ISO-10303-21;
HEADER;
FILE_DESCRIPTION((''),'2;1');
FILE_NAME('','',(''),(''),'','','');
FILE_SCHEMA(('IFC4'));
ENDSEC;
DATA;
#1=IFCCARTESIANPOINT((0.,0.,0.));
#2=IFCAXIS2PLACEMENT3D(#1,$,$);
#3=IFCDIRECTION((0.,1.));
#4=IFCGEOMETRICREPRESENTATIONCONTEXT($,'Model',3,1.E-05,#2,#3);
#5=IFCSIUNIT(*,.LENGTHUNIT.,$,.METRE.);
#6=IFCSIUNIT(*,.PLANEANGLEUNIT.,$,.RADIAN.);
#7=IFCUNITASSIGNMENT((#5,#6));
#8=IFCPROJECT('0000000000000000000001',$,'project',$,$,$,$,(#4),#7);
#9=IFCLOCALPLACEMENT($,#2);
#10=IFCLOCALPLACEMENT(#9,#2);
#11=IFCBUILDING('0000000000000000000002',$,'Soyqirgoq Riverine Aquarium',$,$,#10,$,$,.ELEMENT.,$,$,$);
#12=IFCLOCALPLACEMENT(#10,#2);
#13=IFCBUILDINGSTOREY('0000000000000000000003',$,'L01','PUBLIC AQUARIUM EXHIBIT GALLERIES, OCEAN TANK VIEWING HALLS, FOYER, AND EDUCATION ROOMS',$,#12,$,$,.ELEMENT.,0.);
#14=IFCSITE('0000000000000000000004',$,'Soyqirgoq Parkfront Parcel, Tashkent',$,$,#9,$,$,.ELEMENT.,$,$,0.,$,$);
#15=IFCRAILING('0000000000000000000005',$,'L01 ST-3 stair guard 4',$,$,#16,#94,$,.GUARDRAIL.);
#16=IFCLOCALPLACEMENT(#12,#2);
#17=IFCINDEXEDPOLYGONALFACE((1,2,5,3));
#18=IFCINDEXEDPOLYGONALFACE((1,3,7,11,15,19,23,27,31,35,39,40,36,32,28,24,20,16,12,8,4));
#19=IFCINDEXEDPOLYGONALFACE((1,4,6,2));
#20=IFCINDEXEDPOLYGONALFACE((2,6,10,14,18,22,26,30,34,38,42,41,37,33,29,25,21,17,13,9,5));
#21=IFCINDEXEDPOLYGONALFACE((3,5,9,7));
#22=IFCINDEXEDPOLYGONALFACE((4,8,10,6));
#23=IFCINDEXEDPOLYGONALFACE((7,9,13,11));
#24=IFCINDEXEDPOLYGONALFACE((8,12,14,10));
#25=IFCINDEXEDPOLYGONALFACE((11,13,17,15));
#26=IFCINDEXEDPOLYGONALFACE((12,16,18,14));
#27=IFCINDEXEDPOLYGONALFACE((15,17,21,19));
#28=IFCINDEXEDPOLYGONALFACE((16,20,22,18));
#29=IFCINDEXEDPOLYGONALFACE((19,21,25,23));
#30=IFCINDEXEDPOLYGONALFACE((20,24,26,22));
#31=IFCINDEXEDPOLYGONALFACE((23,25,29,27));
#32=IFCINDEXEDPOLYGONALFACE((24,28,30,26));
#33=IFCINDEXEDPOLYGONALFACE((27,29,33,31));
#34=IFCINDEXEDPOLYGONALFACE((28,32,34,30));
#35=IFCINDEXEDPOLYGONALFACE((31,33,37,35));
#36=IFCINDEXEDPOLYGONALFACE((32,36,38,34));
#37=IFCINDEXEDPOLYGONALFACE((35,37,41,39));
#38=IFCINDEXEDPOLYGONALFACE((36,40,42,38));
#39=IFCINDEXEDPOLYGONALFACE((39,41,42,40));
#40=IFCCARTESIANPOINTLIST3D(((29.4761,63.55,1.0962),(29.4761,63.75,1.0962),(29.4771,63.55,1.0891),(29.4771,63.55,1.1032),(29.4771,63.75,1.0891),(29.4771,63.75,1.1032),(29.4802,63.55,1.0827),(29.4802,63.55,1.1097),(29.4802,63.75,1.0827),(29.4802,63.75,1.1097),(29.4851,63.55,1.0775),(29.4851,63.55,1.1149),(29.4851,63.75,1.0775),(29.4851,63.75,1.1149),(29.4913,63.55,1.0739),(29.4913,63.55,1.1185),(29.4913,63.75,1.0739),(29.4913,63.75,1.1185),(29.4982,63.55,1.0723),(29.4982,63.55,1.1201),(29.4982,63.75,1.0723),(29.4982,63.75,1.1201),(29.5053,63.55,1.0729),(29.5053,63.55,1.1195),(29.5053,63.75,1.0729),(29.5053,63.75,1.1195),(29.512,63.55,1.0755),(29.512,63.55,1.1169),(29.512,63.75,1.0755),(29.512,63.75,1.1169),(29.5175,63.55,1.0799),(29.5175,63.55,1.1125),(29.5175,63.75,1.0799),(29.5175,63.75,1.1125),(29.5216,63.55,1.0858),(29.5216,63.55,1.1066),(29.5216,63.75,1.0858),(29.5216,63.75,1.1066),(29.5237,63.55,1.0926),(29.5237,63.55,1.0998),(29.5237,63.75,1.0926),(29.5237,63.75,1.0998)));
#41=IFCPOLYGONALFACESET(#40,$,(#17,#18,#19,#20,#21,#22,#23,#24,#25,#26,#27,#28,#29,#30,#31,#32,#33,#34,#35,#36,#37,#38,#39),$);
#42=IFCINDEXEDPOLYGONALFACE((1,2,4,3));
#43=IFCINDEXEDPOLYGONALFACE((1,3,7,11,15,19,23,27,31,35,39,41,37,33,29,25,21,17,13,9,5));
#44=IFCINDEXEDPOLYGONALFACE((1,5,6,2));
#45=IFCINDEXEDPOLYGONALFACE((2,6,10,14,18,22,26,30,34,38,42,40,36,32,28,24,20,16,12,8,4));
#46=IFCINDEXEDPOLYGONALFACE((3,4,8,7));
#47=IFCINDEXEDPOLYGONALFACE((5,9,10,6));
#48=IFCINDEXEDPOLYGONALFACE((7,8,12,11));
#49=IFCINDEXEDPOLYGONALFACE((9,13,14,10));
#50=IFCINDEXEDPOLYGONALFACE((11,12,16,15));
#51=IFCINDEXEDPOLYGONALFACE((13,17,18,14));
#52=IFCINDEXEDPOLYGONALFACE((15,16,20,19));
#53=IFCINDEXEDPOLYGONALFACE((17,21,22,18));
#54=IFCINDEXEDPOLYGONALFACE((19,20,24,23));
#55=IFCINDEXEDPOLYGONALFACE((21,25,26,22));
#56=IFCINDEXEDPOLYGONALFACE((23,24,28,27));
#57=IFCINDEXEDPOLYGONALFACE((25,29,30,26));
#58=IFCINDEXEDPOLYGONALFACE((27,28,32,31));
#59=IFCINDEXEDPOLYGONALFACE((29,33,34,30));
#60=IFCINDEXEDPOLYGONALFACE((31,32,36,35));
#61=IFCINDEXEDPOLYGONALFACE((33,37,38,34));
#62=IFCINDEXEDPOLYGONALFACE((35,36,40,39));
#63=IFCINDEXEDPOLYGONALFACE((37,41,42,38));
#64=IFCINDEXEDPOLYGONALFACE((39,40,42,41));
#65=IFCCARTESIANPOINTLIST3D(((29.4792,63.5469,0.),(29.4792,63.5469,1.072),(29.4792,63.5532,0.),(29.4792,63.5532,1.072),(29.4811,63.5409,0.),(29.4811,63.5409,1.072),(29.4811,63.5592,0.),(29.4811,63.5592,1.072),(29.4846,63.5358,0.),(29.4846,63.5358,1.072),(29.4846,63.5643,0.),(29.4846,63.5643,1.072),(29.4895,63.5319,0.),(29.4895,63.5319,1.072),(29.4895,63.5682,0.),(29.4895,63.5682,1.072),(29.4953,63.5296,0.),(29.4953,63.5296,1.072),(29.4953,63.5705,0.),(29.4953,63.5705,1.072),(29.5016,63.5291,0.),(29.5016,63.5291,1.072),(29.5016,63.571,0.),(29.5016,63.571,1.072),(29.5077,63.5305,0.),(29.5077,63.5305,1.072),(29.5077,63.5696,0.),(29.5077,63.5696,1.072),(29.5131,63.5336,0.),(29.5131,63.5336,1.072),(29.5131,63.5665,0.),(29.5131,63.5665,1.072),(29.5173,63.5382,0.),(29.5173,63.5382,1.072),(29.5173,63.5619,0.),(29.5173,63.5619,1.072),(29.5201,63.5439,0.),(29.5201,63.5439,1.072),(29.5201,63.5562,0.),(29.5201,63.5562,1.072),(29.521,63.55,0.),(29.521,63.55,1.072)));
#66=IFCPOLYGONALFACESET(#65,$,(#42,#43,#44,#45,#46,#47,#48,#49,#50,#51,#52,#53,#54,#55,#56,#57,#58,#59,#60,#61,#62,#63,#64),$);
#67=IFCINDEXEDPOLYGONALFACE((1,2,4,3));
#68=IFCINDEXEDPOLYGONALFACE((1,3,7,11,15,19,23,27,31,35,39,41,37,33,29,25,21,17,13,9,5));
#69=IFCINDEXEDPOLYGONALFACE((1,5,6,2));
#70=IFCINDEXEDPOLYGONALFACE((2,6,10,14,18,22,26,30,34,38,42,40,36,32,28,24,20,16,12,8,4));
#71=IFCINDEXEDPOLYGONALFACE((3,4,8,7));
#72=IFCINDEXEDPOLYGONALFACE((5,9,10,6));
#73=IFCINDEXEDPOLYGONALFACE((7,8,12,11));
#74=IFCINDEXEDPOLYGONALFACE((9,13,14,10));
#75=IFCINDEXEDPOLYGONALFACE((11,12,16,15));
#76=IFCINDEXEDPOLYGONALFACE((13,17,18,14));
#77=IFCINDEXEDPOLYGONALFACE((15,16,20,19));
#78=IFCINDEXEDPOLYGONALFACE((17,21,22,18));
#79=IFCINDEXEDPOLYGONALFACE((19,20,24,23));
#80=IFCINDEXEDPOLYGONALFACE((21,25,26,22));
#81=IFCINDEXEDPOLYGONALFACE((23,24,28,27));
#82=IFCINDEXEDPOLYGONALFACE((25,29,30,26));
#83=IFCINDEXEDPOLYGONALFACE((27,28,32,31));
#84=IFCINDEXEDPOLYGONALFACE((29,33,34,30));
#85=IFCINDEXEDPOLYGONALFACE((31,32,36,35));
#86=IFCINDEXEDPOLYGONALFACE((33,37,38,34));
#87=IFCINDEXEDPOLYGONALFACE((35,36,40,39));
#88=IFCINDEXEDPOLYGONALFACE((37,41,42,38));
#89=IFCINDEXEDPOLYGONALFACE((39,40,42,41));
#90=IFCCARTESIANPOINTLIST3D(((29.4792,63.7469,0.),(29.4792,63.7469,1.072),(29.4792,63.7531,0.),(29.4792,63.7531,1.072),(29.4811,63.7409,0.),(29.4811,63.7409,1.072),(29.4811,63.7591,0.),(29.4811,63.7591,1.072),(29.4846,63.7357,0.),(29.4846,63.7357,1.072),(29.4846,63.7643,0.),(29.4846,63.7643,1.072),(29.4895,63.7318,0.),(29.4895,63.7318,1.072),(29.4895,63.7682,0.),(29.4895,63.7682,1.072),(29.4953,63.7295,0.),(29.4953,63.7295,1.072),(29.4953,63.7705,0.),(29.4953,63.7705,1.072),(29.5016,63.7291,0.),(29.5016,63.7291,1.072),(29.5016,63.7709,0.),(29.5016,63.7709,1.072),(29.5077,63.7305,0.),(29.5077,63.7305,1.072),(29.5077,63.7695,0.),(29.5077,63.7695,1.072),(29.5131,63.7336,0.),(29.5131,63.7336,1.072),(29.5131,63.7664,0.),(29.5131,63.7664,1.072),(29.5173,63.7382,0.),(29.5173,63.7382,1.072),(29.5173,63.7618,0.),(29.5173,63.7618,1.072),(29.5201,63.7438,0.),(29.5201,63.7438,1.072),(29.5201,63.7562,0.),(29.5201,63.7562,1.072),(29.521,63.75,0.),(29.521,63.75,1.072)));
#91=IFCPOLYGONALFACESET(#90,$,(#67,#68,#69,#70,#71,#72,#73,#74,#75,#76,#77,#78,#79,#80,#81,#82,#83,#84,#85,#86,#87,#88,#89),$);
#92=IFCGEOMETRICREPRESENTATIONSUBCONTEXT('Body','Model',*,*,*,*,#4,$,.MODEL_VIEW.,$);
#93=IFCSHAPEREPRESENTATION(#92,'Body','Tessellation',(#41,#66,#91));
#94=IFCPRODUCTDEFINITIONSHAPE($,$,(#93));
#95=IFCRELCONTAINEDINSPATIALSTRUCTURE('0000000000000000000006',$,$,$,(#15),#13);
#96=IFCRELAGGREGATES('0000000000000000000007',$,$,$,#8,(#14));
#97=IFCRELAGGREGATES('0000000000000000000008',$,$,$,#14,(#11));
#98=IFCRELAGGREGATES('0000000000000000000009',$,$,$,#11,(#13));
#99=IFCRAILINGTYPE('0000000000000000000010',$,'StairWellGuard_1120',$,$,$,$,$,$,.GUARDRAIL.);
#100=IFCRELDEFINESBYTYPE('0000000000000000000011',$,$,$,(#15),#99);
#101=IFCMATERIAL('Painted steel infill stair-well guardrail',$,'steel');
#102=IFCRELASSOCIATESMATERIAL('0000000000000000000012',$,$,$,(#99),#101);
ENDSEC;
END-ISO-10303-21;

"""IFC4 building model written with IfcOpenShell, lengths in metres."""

from ifc_helpers import new_model, si_unit, direction, frame, origin, origin_2d, place, context, subcontext, project, spatial, circle, extrude, material, type_object, element, save


model = new_model("IFC4")

# Units and contexts
model_context = context("Model", 3, precision=1e-05, world=origin(), true_north=direction((0.0, 1.0)))
body_context = subcontext(model_context, "Body", "Model", "MODEL_VIEW")
ifc_project = project(units=[si_unit("LENGTHUNIT", "METRE"), si_unit("PLANEANGLEUNIT", "RADIAN")], contexts=[model_context])

# Site, building, storey
site_placement = place(None, origin())
site = spatial("IfcSite", under=ifc_project, at=site_placement, Name="Soyqirgoq Parkfront Parcel, Tashkent", CompositionType="ELEMENT", RefElevation=0.0)
building_placement = place(site_placement, origin())
building = spatial("IfcBuilding", under=site, at=building_placement, Name="Soyqirgoq Riverine Aquarium", CompositionType="ELEMENT")
storey_placement = place(building_placement, origin())
storey = spatial("IfcBuildingStorey", under=building, at=storey_placement, Name="L01", Description="PUBLIC AQUARIUM EXHIBIT GALLERIES, OCEAN TANK VIEWING HALLS, FOYER, AND EDUCATION ROOMS", CompositionType="ELEMENT", Elevation=0.0)

# Railing
ifc_material_1 = material(Name="Painted steel infill stair-well guardrail", Category="steel")
railing_type_1 = type_object("IfcRailingType", Name="StairWellGuard_1120", PredefinedType="GUARDRAIL", material=ifc_material_1)
railing_1_placement = place(storey_placement, frame((29.5, 63.55, 0.0)))
element("IfcRailing", 1, at=railing_1_placement, inside=storey, type_object=railing_type_1, Name="L01 ST-3 stair guard 4", PredefinedType="GUARDRAIL", context=body_context, shape_type="SweptSolid", body=[
    extrude(circle(Radius=0.0239, at=origin_2d()), frame((0.0, 0.0, 1.0962), z_axis=(0.0, 1.0, 0.0), x_axis=(-1.0, 0.0, 0.0)), (0.0, 0.0, 1.0), 0.2),
    extrude(circle(Radius=0.021, at=origin_2d()), origin(), (0.0, 0.0, 1.0), 1.072),
    extrude(circle(Radius=0.021, at=origin_2d()), frame((0.0, 0.2, 0.0)), (0.0, 0.0, 1.0), 1.072),
])

save(model, "model.ifc")
